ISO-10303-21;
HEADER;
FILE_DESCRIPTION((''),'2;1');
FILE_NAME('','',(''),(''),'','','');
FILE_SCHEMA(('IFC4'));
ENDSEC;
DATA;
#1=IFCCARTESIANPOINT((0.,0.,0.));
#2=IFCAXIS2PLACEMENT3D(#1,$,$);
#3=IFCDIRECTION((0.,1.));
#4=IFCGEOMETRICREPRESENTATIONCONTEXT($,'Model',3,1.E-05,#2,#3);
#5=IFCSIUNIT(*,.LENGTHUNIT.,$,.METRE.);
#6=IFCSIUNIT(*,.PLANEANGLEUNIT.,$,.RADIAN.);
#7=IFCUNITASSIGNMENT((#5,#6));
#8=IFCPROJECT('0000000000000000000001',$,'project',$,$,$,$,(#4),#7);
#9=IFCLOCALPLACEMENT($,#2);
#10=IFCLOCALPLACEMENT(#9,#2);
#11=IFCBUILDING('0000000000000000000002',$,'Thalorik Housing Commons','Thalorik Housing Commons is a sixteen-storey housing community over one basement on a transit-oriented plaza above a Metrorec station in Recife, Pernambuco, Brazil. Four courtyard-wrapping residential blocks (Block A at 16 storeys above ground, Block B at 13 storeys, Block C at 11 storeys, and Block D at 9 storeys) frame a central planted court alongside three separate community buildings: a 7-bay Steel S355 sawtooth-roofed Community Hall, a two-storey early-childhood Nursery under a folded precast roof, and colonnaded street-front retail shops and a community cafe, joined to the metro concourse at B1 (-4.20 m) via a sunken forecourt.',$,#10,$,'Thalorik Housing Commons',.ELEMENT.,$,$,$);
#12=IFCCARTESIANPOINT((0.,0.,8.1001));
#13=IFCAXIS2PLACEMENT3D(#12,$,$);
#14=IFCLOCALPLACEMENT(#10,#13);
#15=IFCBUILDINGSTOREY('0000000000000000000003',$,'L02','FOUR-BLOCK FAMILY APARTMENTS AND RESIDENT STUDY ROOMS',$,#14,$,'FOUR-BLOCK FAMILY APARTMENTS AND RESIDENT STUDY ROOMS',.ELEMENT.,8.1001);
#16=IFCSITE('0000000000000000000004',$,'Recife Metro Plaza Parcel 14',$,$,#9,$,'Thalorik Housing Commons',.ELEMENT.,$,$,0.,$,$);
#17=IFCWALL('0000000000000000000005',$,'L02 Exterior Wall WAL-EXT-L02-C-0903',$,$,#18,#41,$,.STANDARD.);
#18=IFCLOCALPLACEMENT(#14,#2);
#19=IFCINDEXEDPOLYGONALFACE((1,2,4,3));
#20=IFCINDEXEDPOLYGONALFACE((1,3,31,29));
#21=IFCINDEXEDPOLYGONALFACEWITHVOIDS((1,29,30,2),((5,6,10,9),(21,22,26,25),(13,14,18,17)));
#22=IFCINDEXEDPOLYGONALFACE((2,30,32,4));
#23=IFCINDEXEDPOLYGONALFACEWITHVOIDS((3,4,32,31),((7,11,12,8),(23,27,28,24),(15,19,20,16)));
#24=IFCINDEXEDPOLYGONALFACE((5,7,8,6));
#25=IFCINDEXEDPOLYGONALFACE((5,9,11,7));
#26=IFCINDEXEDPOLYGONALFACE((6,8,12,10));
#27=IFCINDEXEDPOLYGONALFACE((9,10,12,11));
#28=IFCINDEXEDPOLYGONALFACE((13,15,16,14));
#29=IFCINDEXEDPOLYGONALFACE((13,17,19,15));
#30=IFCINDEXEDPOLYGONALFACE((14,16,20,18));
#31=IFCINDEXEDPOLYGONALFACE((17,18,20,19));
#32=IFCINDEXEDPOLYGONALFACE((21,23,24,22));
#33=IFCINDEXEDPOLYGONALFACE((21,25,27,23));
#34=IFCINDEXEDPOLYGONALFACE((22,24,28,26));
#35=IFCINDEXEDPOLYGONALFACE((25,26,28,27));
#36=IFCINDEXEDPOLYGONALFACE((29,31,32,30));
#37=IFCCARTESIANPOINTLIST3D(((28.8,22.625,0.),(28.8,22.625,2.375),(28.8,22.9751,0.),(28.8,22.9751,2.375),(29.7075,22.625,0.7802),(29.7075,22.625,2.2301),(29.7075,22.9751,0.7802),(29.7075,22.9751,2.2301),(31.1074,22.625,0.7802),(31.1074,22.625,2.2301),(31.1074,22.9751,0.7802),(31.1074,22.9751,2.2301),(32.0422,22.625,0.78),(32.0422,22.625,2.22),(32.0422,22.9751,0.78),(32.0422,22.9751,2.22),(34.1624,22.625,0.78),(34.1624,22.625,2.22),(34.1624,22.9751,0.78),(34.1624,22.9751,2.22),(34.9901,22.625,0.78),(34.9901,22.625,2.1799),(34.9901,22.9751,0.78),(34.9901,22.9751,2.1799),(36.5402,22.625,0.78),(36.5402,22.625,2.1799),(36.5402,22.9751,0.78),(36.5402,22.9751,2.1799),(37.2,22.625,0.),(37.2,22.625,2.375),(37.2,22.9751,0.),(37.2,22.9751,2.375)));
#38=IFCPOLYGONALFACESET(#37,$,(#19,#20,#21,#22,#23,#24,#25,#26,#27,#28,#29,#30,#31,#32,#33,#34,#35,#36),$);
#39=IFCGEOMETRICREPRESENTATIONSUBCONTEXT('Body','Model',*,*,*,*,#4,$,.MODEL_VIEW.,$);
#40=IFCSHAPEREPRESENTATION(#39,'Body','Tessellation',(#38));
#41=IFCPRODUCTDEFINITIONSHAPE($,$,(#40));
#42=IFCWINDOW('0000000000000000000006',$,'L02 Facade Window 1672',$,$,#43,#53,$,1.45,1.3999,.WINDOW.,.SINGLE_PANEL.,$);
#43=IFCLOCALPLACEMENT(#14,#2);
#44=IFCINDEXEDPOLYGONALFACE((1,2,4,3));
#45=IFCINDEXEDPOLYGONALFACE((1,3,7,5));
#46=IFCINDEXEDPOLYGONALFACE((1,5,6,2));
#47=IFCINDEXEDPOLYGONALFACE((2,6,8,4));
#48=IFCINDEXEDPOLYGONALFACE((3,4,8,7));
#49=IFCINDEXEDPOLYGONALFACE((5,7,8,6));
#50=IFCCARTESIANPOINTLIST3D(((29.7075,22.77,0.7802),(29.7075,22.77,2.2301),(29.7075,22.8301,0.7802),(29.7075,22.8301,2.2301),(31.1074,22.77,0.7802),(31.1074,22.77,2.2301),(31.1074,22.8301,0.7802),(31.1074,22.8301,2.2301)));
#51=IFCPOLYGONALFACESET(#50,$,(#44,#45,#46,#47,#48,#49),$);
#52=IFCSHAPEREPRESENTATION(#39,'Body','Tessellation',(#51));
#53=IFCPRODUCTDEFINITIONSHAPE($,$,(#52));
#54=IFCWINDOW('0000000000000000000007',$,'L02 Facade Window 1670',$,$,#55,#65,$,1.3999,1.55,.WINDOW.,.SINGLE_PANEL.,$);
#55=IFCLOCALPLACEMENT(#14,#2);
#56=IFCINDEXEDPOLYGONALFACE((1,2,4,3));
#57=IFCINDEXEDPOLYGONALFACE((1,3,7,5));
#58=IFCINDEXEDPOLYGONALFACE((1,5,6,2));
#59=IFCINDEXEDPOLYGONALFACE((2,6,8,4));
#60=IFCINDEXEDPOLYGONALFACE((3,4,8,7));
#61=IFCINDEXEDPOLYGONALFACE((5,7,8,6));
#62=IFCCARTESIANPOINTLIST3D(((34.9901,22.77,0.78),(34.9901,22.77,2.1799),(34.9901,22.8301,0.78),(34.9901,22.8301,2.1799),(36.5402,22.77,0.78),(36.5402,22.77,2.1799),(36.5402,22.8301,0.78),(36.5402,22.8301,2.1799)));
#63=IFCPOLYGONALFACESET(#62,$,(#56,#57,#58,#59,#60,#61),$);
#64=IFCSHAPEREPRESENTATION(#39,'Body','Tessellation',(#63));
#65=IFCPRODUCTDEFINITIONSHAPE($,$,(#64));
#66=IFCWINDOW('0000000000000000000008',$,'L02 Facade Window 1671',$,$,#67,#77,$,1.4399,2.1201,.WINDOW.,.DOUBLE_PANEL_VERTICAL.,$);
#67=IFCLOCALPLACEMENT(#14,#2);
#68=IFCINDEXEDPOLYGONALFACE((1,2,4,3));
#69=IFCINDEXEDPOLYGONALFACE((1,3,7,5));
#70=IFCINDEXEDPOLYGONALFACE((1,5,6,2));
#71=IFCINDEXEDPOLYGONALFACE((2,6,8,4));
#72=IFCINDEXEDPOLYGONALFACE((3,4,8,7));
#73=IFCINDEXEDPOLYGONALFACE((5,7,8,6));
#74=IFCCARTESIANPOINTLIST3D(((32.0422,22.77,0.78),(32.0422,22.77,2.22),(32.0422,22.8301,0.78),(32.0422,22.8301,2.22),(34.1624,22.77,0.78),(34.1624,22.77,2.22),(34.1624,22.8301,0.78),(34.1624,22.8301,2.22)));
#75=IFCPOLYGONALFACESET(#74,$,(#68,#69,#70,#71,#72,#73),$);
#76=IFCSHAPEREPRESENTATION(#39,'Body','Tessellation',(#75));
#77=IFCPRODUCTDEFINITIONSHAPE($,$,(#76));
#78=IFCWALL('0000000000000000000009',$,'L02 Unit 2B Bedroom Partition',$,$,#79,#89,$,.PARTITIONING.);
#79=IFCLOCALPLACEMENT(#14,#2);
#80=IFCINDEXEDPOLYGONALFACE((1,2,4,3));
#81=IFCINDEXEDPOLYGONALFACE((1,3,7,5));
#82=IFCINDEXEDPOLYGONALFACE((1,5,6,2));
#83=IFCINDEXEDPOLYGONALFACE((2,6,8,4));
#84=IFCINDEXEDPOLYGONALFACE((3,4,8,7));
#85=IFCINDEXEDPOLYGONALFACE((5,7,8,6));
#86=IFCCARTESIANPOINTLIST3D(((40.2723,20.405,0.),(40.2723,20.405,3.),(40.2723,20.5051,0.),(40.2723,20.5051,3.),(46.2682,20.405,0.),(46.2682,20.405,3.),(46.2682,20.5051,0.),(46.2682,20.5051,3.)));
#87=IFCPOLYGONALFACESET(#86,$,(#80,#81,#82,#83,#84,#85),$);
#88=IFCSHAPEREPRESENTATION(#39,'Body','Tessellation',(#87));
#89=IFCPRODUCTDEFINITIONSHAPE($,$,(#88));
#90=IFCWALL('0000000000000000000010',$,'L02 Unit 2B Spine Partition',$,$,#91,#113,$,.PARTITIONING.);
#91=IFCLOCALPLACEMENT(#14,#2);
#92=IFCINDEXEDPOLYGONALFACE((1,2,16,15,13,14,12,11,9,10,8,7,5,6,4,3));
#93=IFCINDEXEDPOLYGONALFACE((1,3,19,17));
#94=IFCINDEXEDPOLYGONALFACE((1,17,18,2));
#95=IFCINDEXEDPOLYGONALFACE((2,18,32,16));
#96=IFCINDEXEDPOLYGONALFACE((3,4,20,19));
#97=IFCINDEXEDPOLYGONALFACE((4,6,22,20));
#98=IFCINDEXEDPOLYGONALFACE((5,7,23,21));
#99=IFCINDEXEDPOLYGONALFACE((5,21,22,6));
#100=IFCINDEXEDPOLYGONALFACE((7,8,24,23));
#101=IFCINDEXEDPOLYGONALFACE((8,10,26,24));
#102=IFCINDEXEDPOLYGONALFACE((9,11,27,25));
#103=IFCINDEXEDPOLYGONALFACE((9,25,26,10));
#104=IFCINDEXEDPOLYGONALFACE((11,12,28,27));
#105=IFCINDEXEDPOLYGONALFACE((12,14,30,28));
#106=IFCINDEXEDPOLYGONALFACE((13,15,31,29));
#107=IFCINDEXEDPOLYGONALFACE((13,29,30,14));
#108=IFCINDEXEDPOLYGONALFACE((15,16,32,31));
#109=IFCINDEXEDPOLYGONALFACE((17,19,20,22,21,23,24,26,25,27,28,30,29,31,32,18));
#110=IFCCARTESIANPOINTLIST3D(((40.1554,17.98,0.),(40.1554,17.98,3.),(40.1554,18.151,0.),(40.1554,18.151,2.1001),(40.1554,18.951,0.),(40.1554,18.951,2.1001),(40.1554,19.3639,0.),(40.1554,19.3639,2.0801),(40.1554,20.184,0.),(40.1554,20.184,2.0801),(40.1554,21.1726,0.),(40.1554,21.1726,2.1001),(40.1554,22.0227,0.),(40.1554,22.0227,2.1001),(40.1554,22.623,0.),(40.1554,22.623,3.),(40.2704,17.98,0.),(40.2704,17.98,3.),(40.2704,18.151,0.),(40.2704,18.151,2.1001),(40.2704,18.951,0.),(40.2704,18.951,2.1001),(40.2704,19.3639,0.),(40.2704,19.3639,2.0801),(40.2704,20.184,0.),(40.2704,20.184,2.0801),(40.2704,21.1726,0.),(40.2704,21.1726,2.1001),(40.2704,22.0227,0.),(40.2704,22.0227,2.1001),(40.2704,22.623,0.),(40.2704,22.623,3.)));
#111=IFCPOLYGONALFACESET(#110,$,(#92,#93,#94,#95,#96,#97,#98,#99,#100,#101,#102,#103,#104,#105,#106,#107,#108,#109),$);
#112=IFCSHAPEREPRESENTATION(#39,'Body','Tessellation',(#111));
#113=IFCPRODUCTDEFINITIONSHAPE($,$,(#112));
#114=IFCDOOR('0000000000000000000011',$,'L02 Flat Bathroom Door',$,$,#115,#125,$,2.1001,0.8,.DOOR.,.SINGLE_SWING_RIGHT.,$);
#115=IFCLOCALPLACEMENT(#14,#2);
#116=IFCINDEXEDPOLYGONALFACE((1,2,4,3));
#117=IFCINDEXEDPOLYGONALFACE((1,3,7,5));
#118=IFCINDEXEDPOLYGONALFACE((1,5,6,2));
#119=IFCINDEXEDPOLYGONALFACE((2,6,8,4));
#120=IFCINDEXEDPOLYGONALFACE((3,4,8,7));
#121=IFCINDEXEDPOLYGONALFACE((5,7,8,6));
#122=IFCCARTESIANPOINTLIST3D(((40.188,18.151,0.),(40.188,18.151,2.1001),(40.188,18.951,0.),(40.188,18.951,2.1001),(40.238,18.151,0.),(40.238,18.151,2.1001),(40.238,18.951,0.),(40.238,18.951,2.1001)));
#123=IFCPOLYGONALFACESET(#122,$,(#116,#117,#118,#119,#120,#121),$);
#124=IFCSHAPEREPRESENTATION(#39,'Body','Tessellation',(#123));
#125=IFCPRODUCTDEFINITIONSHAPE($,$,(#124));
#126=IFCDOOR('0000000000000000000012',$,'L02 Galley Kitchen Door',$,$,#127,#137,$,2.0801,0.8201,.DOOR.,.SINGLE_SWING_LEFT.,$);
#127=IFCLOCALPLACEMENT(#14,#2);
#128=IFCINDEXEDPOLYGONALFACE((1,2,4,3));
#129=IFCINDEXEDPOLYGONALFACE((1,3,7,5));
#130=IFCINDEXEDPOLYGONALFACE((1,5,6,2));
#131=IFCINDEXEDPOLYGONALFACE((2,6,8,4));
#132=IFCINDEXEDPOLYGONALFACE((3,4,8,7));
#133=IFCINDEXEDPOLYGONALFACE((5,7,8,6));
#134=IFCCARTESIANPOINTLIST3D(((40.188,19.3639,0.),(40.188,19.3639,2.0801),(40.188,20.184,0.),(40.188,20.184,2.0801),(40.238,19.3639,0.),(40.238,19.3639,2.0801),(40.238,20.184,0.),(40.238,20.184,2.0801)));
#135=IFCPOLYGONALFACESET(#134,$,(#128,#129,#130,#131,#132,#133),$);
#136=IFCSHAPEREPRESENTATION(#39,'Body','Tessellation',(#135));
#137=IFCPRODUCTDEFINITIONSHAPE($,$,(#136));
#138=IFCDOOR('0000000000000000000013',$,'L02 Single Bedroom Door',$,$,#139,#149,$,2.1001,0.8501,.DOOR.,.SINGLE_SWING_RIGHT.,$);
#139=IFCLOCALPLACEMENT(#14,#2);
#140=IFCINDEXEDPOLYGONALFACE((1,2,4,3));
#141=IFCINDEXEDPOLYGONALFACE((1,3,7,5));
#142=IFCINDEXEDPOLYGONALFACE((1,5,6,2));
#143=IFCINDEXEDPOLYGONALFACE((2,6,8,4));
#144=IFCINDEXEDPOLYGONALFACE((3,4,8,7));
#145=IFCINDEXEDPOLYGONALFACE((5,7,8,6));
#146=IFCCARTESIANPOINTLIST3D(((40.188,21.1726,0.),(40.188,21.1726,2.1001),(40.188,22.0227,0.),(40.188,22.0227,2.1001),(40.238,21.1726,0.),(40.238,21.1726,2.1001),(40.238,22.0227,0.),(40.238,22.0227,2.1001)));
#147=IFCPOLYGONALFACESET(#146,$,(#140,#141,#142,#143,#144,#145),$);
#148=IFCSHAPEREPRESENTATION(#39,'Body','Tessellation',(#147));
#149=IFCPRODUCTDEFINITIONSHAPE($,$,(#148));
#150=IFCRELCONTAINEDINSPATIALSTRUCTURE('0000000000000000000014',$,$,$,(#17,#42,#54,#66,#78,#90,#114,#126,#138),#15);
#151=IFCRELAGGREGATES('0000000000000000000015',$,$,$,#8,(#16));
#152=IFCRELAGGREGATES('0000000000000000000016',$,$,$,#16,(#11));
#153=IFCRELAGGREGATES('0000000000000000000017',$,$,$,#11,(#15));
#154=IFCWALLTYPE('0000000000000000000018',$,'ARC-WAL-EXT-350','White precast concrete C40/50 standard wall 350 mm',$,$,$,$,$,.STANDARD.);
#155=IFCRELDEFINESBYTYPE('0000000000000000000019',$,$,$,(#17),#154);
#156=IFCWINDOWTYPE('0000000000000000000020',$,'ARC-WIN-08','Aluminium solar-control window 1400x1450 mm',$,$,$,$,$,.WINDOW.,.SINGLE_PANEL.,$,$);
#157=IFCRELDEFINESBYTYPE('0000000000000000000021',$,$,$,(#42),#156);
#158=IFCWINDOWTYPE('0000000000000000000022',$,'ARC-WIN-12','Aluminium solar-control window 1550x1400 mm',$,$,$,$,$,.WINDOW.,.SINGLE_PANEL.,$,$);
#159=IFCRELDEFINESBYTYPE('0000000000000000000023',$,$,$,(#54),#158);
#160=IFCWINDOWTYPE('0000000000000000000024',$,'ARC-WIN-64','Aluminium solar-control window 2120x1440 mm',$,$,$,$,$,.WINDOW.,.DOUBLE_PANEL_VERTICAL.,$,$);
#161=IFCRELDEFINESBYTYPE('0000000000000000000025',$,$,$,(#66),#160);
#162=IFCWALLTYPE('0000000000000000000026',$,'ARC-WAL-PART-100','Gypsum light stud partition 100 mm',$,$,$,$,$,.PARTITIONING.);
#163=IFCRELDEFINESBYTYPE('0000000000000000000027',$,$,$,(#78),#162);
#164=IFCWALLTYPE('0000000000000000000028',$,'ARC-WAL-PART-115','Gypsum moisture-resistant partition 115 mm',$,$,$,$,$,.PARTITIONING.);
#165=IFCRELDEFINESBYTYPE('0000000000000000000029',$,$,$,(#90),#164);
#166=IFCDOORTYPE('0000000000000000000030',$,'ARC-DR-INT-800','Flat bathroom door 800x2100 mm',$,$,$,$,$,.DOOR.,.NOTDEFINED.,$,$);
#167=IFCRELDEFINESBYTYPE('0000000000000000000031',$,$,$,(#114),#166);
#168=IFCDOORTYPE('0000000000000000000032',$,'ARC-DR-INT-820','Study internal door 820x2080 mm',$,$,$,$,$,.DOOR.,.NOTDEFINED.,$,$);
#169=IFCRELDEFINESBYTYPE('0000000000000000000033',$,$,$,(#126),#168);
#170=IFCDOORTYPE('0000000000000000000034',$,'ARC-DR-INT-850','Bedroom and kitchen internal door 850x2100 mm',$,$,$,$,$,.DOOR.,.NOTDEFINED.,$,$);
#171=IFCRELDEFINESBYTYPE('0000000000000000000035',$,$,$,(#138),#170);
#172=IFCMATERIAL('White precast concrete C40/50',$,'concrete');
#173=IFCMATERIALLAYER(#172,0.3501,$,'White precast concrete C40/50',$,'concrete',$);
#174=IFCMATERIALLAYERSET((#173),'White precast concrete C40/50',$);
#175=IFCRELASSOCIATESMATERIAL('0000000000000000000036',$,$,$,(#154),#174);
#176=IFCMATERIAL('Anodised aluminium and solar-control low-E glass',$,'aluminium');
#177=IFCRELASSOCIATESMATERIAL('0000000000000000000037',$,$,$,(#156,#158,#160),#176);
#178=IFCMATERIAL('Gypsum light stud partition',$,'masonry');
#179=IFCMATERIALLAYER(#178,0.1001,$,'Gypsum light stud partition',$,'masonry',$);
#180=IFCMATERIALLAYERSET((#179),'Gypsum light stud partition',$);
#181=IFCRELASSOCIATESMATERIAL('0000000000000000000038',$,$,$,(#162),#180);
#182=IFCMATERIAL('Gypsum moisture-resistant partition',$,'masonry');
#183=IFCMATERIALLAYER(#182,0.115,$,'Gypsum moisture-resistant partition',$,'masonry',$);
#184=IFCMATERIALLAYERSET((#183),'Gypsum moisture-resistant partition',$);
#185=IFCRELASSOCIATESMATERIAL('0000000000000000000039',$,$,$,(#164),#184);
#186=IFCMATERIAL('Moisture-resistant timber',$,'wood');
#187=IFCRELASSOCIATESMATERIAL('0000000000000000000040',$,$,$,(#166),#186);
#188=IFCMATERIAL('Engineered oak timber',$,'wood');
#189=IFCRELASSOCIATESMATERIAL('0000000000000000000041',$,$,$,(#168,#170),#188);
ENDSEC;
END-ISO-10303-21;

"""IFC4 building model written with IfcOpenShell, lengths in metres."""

from ifc_helpers import new_model, si_unit, direction, frame, frame_2d, origin, place, context, subcontext, project, spatial, rectangle, extrude, material, layer, layer_set, type_object, element, fill, save


model = new_model("IFC4")

# Units and contexts
model_context = context("Model", 3, precision=1e-05, world=origin(), true_north=direction((0.0, 1.0)))
body_context = subcontext(model_context, "Body", "Model", "MODEL_VIEW")
ifc_project = project(units=[si_unit("LENGTHUNIT", "METRE"), si_unit("PLANEANGLEUNIT", "RADIAN")], contexts=[model_context])

# Site, building, storey
site_placement = place(None, origin())
site = spatial("IfcSite", under=ifc_project, at=site_placement, Name="Recife Metro Plaza Parcel 14", LongName="Thalorik Housing Commons", CompositionType="ELEMENT", RefElevation=0.0)
building_placement = place(site_placement, origin())
building = spatial("IfcBuilding", under=site, at=building_placement, Name="Thalorik Housing Commons", Description="Thalorik Housing Commons is a sixteen-storey housing community over one basement on a transit-oriented plaza above a Metrorec station in Recife, Pernambuco, Brazil. Four courtyard-wrapping residential blocks (Block A at 16 storeys above ground, Block B at 13 storeys, Block C at 11 storeys, and Block D at 9 storeys) frame a central planted court alongside three separate community buildings: a 7-bay Steel S355 sawtooth-roofed Community Hall, a two-storey early-childhood Nursery under a folded precast roof, and colonnaded street-front retail shops and a community cafe, joined to the metro concourse at B1 (-4.20 m) via a sunken forecourt.", LongName="Thalorik Housing Commons", CompositionType="ELEMENT")
storey_placement = place(building_placement, frame((0.0, 0.0, 8.1001)))
storey = spatial("IfcBuildingStorey", under=building, at=storey_placement, Name="L02", Description="FOUR-BLOCK FAMILY APARTMENTS AND RESIDENT STUDY ROOMS", LongName="FOUR-BLOCK FAMILY APARTMENTS AND RESIDENT STUDY ROOMS", CompositionType="ELEMENT", Elevation=8.1001)

# Wall, openings, windows
ifc_material_1 = material(Name="White precast concrete C40/50", Category="concrete")
ifc_layer_1 = layer(ifc_material_1, 0.3501, Name="White precast concrete C40/50", Category="concrete")
ifc_layer_set_1 = layer_set([ifc_layer_1], Name="White precast concrete C40/50")
wall_type_1 = type_object("IfcWallType", Name="ARC-WAL-EXT-350", Description="White precast concrete C40/50 standard wall 350 mm", PredefinedType="STANDARD", material=ifc_layer_set_1)
ifc_material_2 = material(Name="Anodised aluminium and solar-control low-E glass", Category="aluminium")
wall_1_placement = place(storey_placement, frame((37.2, 22.8, 0.0), z_axis=(0.0, 0.0, 1.0), x_axis=(-1.0, 0.0, 0.0)))
wall_1 = element("IfcWall", 1, at=wall_1_placement, inside=storey, type_object=wall_type_1, Name="L02 Exterior Wall WAL-EXT-L02-C-0903", PredefinedType="STANDARD", context=body_context, shape_type="SweptSolid", body=[
    extrude(rectangle(XDim=8.3999, YDim=0.3501, at=frame_2d((4.2, 0.0))), origin(), (0.0, 0.0, 1.0), 2.375),
])
opening_1_placement = place(wall_1_placement, frame((0.6599, 0.0, 0.78)))
opening_1 = element("IfcOpeningElement", 2, at=opening_1_placement, cuts=wall_1, PredefinedType="OPENING", context=body_context, shape_type="SweptSolid", body=[
    extrude(rectangle(XDim=1.55, YDim=1.3999, at=frame_2d((0.7749, 0.7))), frame((0.0, 0.1851, 0.0), z_axis=(0.0, -1.0, 0.0), x_axis=(1.0, 0.0, 0.0)), (0.0, 0.0, 1.0), 0.3701),
])
opening_2_placement = place(wall_1_placement, frame((3.0376, 0.0, 0.78)))
opening_2 = element("IfcOpeningElement", 3, at=opening_2_placement, cuts=wall_1, PredefinedType="OPENING", context=body_context, shape_type="SweptSolid", body=[
    extrude(rectangle(XDim=2.1201, YDim=1.4399, at=frame_2d((1.0601, 0.72))), frame((0.0, 0.1851, 0.0), z_axis=(0.0, -1.0, 0.0), x_axis=(1.0, 0.0, 0.0)), (0.0, 0.0, 1.0), 0.3701),
])
opening_3_placement = place(wall_1_placement, frame((6.0925, 0.0, 0.78)))
opening_3 = element("IfcOpeningElement", 4, at=opening_3_placement, cuts=wall_1, PredefinedType="OPENING", context=body_context, shape_type="SweptSolid", body=[
    extrude(rectangle(XDim=1.3999, YDim=1.45, at=frame_2d((0.7, 0.7251))), frame((0.0, 0.1851, 0.0), z_axis=(0.0, -1.0, 0.0), x_axis=(1.0, 0.0, 0.0)), (0.0, 0.0, 1.0), 0.3701),
])
window_type_1 = type_object("IfcWindowType", Name="ARC-WIN-08", Description="Aluminium solar-control window 1400x1450 mm", PartitioningType="SINGLE_PANEL", PredefinedType="WINDOW", material=ifc_material_2)
window_1_placement = place(opening_3_placement, origin())
window_1 = element("IfcWindow", 5, at=window_1_placement, inside=storey, type_object=window_type_1, Name="L02 Facade Window 1672", OverallHeight=1.45, OverallWidth=1.3999, PartitioningType="SINGLE_PANEL", PredefinedType="WINDOW", context=body_context, shape_type="SweptSolid", body=[
    extrude(rectangle(XDim=1.3999, YDim=1.45, at=frame_2d((0.7, 0.7251))), frame((0.0, 0.03, 0.0), z_axis=(0.0, -1.0, 0.0), x_axis=(1.0, 0.0, 0.0)), (0.0, 0.0, 1.0), 0.0601),
])
fill(opening_3, window_1)
window_type_2 = type_object("IfcWindowType", Name="ARC-WIN-12", Description="Aluminium solar-control window 1550x1400 mm", PartitioningType="SINGLE_PANEL", PredefinedType="WINDOW", material=ifc_material_2)
window_2_placement = place(opening_1_placement, origin())
window_2 = element("IfcWindow", 6, at=window_2_placement, inside=storey, type_object=window_type_2, Name="L02 Facade Window 1670", OverallHeight=1.3999, OverallWidth=1.55, PartitioningType="SINGLE_PANEL", PredefinedType="WINDOW", context=body_context, shape_type="SweptSolid", body=[
    extrude(rectangle(XDim=1.55, YDim=1.3999, at=frame_2d((0.7749, 0.7))), frame((0.0, 0.03, 0.0), z_axis=(0.0, -1.0, 0.0), x_axis=(1.0, 0.0, 0.0)), (0.0, 0.0, 1.0), 0.0601),
])
fill(opening_1, window_2)
window_type_3 = type_object("IfcWindowType", Name="ARC-WIN-64", Description="Aluminium solar-control window 2120x1440 mm", PartitioningType="DOUBLE_PANEL_VERTICAL", PredefinedType="WINDOW", material=ifc_material_2)
window_3_placement = place(opening_2_placement, origin())
window_3 = element("IfcWindow", 7, at=window_3_placement, inside=storey, type_object=window_type_3, Name="L02 Facade Window 1671", OverallHeight=1.4399, OverallWidth=2.1201, PartitioningType="DOUBLE_PANEL_VERTICAL", PredefinedType="WINDOW", context=body_context, shape_type="SweptSolid", body=[
    extrude(rectangle(XDim=2.1201, YDim=1.4399, at=frame_2d((1.0601, 0.72))), frame((0.0, 0.03, 0.0), z_axis=(0.0, -1.0, 0.0), x_axis=(1.0, 0.0, 0.0)), (0.0, 0.0, 1.0), 0.0601),
])
fill(opening_2, window_3)

# Wall
ifc_material_3 = material(Name="Gypsum light stud partition", Category="masonry")
ifc_layer_2 = layer(ifc_material_3, 0.1001, Name="Gypsum light stud partition", Category="masonry")
ifc_layer_set_2 = layer_set([ifc_layer_2], Name="Gypsum light stud partition")
wall_type_2 = type_object("IfcWallType", Name="ARC-WAL-PART-100", Description="Gypsum light stud partition 100 mm", PredefinedType="PARTITIONING", material=ifc_layer_set_2)
wall_2_placement = place(storey_placement, frame((40.2722, 20.4551, 0.0), z_axis=(0.0, 0.0, 1.0), x_axis=(1.0, 0.0, 0.0)))
element("IfcWall", 8, at=wall_2_placement, inside=storey, type_object=wall_type_2, Name="L02 Unit 2B Bedroom Partition", PredefinedType="PARTITIONING", context=body_context, shape_type="SweptSolid", body=[
    extrude(rectangle(XDim=5.9958, YDim=0.1001, at=frame_2d((2.998, 0.0))), origin(), (0.0, 0.0, 1.0), 3.0),
])

# Wall, openings, doors
ifc_material_4 = material(Name="Gypsum moisture-resistant partition", Category="masonry")
ifc_layer_3 = layer(ifc_material_4, 0.115, Name="Gypsum moisture-resistant partition", Category="masonry")
ifc_layer_set_3 = layer_set([ifc_layer_3], Name="Gypsum moisture-resistant partition")
wall_type_3 = type_object("IfcWallType", Name="ARC-WAL-PART-115", Description="Gypsum moisture-resistant partition 115 mm", PredefinedType="PARTITIONING", material=ifc_layer_set_3)
wall_3_placement = place(storey_placement, frame((40.2129, 17.98, 0.0), z_axis=(0.0, 0.0, 1.0), x_axis=(0.0, 1.0, 0.0)))
wall_3 = element("IfcWall", 9, at=wall_3_placement, inside=storey, type_object=wall_type_3, Name="L02 Unit 2B Spine Partition", PredefinedType="PARTITIONING", context=body_context, shape_type="SweptSolid", body=[
    extrude(rectangle(XDim=4.6431, YDim=0.115, at=frame_2d((2.3215, 0.0))), origin(), (0.0, 0.0, 1.0), 3.0),
])
opening_4_placement = place(wall_3_placement, frame((0.1711, 0.0, 0.0)))
opening_4 = element("IfcOpeningElement", 10, at=opening_4_placement, cuts=wall_3, PredefinedType="OPENING", context=body_context, shape_type="SweptSolid", body=[
    extrude(rectangle(XDim=0.8, YDim=2.1001, at=frame_2d((0.3999, 1.05))), frame((0.0, 0.0674, 0.0), z_axis=(0.0, -1.0, 0.0), x_axis=(1.0, 0.0, 0.0)), (0.0, 0.0, 1.0), 0.135),
])
opening_5_placement = place(wall_3_placement, frame((1.3838, 0.0, 0.0)))
opening_5 = element("IfcOpeningElement", 11, at=opening_5_placement, cuts=wall_3, PredefinedType="OPENING", context=body_context, shape_type="SweptSolid", body=[
    extrude(rectangle(XDim=0.8201, YDim=2.0801, at=frame_2d((0.4102, 1.04))), frame((0.0, 0.0674, 0.0), z_axis=(0.0, -1.0, 0.0), x_axis=(1.0, 0.0, 0.0)), (0.0, 0.0, 1.0), 0.135),
])
opening_6_placement = place(wall_3_placement, frame((3.1926, 0.0, 0.0)))
opening_6 = element("IfcOpeningElement", 12, at=opening_6_placement, cuts=wall_3, PredefinedType="OPENING", context=body_context, shape_type="SweptSolid", body=[
    extrude(rectangle(XDim=0.8501, YDim=2.1001, at=frame_2d((0.425, 1.05))), frame((0.0, 0.0674, 0.0), z_axis=(0.0, -1.0, 0.0), x_axis=(1.0, 0.0, 0.0)), (0.0, 0.0, 1.0), 0.135),
])
ifc_material_5 = material(Name="Moisture-resistant timber", Category="wood")
door_type_1 = type_object("IfcDoorType", Name="ARC-DR-INT-800", Description="Flat bathroom door 800x2100 mm", OperationType="NOTDEFINED", PredefinedType="DOOR", material=ifc_material_5)
door_1_placement = place(opening_4_placement, origin())
door_1 = element("IfcDoor", 13, at=door_1_placement, inside=storey, type_object=door_type_1, Name="L02 Flat Bathroom Door", OperationType="SINGLE_SWING_RIGHT", OverallHeight=2.1001, OverallWidth=0.8, PredefinedType="DOOR", context=body_context, shape_type="SweptSolid", body=[
    extrude(rectangle(XDim=0.8, YDim=2.1001, at=frame_2d((0.3999, 1.05))), frame((0.0, 0.0249, 0.0), z_axis=(0.0, -1.0, 0.0), x_axis=(1.0, 0.0, 0.0)), (0.0, 0.0, 1.0), 0.05),
])
fill(opening_4, door_1)
ifc_material_6 = material(Name="Engineered oak timber", Category="wood")
door_type_2 = type_object("IfcDoorType", Name="ARC-DR-INT-820", Description="Study internal door 820x2080 mm", OperationType="NOTDEFINED", PredefinedType="DOOR", material=ifc_material_6)
door_2_placement = place(opening_5_placement, origin())
door_2 = element("IfcDoor", 14, at=door_2_placement, inside=storey, type_object=door_type_2, Name="L02 Galley Kitchen Door", OperationType="SINGLE_SWING_LEFT", OverallHeight=2.0801, OverallWidth=0.8201, PredefinedType="DOOR", context=body_context, shape_type="SweptSolid", body=[
    extrude(rectangle(XDim=0.8201, YDim=2.0801, at=frame_2d((0.4102, 1.04))), frame((0.0, 0.0249, 0.0), z_axis=(0.0, -1.0, 0.0), x_axis=(1.0, 0.0, 0.0)), (0.0, 0.0, 1.0), 0.05),
])
fill(opening_5, door_2)
door_type_3 = type_object("IfcDoorType", Name="ARC-DR-INT-850", Description="Bedroom and kitchen internal door 850x2100 mm", OperationType="NOTDEFINED", PredefinedType="DOOR", material=ifc_material_6)
door_3_placement = place(opening_6_placement, origin())
door_3 = element("IfcDoor", 15, at=door_3_placement, inside=storey, type_object=door_type_3, Name="L02 Single Bedroom Door", OperationType="SINGLE_SWING_RIGHT", OverallHeight=2.1001, OverallWidth=0.8501, PredefinedType="DOOR", context=body_context, shape_type="SweptSolid", body=[
    extrude(rectangle(XDim=0.8501, YDim=2.1001, at=frame_2d((0.425, 1.05))), frame((0.0, 0.0249, 0.0), z_axis=(0.0, -1.0, 0.0), x_axis=(1.0, 0.0, 0.0)), (0.0, 0.0, 1.0), 0.05),
])
fill(opening_6, door_3)

save(model, "model.ifc")
